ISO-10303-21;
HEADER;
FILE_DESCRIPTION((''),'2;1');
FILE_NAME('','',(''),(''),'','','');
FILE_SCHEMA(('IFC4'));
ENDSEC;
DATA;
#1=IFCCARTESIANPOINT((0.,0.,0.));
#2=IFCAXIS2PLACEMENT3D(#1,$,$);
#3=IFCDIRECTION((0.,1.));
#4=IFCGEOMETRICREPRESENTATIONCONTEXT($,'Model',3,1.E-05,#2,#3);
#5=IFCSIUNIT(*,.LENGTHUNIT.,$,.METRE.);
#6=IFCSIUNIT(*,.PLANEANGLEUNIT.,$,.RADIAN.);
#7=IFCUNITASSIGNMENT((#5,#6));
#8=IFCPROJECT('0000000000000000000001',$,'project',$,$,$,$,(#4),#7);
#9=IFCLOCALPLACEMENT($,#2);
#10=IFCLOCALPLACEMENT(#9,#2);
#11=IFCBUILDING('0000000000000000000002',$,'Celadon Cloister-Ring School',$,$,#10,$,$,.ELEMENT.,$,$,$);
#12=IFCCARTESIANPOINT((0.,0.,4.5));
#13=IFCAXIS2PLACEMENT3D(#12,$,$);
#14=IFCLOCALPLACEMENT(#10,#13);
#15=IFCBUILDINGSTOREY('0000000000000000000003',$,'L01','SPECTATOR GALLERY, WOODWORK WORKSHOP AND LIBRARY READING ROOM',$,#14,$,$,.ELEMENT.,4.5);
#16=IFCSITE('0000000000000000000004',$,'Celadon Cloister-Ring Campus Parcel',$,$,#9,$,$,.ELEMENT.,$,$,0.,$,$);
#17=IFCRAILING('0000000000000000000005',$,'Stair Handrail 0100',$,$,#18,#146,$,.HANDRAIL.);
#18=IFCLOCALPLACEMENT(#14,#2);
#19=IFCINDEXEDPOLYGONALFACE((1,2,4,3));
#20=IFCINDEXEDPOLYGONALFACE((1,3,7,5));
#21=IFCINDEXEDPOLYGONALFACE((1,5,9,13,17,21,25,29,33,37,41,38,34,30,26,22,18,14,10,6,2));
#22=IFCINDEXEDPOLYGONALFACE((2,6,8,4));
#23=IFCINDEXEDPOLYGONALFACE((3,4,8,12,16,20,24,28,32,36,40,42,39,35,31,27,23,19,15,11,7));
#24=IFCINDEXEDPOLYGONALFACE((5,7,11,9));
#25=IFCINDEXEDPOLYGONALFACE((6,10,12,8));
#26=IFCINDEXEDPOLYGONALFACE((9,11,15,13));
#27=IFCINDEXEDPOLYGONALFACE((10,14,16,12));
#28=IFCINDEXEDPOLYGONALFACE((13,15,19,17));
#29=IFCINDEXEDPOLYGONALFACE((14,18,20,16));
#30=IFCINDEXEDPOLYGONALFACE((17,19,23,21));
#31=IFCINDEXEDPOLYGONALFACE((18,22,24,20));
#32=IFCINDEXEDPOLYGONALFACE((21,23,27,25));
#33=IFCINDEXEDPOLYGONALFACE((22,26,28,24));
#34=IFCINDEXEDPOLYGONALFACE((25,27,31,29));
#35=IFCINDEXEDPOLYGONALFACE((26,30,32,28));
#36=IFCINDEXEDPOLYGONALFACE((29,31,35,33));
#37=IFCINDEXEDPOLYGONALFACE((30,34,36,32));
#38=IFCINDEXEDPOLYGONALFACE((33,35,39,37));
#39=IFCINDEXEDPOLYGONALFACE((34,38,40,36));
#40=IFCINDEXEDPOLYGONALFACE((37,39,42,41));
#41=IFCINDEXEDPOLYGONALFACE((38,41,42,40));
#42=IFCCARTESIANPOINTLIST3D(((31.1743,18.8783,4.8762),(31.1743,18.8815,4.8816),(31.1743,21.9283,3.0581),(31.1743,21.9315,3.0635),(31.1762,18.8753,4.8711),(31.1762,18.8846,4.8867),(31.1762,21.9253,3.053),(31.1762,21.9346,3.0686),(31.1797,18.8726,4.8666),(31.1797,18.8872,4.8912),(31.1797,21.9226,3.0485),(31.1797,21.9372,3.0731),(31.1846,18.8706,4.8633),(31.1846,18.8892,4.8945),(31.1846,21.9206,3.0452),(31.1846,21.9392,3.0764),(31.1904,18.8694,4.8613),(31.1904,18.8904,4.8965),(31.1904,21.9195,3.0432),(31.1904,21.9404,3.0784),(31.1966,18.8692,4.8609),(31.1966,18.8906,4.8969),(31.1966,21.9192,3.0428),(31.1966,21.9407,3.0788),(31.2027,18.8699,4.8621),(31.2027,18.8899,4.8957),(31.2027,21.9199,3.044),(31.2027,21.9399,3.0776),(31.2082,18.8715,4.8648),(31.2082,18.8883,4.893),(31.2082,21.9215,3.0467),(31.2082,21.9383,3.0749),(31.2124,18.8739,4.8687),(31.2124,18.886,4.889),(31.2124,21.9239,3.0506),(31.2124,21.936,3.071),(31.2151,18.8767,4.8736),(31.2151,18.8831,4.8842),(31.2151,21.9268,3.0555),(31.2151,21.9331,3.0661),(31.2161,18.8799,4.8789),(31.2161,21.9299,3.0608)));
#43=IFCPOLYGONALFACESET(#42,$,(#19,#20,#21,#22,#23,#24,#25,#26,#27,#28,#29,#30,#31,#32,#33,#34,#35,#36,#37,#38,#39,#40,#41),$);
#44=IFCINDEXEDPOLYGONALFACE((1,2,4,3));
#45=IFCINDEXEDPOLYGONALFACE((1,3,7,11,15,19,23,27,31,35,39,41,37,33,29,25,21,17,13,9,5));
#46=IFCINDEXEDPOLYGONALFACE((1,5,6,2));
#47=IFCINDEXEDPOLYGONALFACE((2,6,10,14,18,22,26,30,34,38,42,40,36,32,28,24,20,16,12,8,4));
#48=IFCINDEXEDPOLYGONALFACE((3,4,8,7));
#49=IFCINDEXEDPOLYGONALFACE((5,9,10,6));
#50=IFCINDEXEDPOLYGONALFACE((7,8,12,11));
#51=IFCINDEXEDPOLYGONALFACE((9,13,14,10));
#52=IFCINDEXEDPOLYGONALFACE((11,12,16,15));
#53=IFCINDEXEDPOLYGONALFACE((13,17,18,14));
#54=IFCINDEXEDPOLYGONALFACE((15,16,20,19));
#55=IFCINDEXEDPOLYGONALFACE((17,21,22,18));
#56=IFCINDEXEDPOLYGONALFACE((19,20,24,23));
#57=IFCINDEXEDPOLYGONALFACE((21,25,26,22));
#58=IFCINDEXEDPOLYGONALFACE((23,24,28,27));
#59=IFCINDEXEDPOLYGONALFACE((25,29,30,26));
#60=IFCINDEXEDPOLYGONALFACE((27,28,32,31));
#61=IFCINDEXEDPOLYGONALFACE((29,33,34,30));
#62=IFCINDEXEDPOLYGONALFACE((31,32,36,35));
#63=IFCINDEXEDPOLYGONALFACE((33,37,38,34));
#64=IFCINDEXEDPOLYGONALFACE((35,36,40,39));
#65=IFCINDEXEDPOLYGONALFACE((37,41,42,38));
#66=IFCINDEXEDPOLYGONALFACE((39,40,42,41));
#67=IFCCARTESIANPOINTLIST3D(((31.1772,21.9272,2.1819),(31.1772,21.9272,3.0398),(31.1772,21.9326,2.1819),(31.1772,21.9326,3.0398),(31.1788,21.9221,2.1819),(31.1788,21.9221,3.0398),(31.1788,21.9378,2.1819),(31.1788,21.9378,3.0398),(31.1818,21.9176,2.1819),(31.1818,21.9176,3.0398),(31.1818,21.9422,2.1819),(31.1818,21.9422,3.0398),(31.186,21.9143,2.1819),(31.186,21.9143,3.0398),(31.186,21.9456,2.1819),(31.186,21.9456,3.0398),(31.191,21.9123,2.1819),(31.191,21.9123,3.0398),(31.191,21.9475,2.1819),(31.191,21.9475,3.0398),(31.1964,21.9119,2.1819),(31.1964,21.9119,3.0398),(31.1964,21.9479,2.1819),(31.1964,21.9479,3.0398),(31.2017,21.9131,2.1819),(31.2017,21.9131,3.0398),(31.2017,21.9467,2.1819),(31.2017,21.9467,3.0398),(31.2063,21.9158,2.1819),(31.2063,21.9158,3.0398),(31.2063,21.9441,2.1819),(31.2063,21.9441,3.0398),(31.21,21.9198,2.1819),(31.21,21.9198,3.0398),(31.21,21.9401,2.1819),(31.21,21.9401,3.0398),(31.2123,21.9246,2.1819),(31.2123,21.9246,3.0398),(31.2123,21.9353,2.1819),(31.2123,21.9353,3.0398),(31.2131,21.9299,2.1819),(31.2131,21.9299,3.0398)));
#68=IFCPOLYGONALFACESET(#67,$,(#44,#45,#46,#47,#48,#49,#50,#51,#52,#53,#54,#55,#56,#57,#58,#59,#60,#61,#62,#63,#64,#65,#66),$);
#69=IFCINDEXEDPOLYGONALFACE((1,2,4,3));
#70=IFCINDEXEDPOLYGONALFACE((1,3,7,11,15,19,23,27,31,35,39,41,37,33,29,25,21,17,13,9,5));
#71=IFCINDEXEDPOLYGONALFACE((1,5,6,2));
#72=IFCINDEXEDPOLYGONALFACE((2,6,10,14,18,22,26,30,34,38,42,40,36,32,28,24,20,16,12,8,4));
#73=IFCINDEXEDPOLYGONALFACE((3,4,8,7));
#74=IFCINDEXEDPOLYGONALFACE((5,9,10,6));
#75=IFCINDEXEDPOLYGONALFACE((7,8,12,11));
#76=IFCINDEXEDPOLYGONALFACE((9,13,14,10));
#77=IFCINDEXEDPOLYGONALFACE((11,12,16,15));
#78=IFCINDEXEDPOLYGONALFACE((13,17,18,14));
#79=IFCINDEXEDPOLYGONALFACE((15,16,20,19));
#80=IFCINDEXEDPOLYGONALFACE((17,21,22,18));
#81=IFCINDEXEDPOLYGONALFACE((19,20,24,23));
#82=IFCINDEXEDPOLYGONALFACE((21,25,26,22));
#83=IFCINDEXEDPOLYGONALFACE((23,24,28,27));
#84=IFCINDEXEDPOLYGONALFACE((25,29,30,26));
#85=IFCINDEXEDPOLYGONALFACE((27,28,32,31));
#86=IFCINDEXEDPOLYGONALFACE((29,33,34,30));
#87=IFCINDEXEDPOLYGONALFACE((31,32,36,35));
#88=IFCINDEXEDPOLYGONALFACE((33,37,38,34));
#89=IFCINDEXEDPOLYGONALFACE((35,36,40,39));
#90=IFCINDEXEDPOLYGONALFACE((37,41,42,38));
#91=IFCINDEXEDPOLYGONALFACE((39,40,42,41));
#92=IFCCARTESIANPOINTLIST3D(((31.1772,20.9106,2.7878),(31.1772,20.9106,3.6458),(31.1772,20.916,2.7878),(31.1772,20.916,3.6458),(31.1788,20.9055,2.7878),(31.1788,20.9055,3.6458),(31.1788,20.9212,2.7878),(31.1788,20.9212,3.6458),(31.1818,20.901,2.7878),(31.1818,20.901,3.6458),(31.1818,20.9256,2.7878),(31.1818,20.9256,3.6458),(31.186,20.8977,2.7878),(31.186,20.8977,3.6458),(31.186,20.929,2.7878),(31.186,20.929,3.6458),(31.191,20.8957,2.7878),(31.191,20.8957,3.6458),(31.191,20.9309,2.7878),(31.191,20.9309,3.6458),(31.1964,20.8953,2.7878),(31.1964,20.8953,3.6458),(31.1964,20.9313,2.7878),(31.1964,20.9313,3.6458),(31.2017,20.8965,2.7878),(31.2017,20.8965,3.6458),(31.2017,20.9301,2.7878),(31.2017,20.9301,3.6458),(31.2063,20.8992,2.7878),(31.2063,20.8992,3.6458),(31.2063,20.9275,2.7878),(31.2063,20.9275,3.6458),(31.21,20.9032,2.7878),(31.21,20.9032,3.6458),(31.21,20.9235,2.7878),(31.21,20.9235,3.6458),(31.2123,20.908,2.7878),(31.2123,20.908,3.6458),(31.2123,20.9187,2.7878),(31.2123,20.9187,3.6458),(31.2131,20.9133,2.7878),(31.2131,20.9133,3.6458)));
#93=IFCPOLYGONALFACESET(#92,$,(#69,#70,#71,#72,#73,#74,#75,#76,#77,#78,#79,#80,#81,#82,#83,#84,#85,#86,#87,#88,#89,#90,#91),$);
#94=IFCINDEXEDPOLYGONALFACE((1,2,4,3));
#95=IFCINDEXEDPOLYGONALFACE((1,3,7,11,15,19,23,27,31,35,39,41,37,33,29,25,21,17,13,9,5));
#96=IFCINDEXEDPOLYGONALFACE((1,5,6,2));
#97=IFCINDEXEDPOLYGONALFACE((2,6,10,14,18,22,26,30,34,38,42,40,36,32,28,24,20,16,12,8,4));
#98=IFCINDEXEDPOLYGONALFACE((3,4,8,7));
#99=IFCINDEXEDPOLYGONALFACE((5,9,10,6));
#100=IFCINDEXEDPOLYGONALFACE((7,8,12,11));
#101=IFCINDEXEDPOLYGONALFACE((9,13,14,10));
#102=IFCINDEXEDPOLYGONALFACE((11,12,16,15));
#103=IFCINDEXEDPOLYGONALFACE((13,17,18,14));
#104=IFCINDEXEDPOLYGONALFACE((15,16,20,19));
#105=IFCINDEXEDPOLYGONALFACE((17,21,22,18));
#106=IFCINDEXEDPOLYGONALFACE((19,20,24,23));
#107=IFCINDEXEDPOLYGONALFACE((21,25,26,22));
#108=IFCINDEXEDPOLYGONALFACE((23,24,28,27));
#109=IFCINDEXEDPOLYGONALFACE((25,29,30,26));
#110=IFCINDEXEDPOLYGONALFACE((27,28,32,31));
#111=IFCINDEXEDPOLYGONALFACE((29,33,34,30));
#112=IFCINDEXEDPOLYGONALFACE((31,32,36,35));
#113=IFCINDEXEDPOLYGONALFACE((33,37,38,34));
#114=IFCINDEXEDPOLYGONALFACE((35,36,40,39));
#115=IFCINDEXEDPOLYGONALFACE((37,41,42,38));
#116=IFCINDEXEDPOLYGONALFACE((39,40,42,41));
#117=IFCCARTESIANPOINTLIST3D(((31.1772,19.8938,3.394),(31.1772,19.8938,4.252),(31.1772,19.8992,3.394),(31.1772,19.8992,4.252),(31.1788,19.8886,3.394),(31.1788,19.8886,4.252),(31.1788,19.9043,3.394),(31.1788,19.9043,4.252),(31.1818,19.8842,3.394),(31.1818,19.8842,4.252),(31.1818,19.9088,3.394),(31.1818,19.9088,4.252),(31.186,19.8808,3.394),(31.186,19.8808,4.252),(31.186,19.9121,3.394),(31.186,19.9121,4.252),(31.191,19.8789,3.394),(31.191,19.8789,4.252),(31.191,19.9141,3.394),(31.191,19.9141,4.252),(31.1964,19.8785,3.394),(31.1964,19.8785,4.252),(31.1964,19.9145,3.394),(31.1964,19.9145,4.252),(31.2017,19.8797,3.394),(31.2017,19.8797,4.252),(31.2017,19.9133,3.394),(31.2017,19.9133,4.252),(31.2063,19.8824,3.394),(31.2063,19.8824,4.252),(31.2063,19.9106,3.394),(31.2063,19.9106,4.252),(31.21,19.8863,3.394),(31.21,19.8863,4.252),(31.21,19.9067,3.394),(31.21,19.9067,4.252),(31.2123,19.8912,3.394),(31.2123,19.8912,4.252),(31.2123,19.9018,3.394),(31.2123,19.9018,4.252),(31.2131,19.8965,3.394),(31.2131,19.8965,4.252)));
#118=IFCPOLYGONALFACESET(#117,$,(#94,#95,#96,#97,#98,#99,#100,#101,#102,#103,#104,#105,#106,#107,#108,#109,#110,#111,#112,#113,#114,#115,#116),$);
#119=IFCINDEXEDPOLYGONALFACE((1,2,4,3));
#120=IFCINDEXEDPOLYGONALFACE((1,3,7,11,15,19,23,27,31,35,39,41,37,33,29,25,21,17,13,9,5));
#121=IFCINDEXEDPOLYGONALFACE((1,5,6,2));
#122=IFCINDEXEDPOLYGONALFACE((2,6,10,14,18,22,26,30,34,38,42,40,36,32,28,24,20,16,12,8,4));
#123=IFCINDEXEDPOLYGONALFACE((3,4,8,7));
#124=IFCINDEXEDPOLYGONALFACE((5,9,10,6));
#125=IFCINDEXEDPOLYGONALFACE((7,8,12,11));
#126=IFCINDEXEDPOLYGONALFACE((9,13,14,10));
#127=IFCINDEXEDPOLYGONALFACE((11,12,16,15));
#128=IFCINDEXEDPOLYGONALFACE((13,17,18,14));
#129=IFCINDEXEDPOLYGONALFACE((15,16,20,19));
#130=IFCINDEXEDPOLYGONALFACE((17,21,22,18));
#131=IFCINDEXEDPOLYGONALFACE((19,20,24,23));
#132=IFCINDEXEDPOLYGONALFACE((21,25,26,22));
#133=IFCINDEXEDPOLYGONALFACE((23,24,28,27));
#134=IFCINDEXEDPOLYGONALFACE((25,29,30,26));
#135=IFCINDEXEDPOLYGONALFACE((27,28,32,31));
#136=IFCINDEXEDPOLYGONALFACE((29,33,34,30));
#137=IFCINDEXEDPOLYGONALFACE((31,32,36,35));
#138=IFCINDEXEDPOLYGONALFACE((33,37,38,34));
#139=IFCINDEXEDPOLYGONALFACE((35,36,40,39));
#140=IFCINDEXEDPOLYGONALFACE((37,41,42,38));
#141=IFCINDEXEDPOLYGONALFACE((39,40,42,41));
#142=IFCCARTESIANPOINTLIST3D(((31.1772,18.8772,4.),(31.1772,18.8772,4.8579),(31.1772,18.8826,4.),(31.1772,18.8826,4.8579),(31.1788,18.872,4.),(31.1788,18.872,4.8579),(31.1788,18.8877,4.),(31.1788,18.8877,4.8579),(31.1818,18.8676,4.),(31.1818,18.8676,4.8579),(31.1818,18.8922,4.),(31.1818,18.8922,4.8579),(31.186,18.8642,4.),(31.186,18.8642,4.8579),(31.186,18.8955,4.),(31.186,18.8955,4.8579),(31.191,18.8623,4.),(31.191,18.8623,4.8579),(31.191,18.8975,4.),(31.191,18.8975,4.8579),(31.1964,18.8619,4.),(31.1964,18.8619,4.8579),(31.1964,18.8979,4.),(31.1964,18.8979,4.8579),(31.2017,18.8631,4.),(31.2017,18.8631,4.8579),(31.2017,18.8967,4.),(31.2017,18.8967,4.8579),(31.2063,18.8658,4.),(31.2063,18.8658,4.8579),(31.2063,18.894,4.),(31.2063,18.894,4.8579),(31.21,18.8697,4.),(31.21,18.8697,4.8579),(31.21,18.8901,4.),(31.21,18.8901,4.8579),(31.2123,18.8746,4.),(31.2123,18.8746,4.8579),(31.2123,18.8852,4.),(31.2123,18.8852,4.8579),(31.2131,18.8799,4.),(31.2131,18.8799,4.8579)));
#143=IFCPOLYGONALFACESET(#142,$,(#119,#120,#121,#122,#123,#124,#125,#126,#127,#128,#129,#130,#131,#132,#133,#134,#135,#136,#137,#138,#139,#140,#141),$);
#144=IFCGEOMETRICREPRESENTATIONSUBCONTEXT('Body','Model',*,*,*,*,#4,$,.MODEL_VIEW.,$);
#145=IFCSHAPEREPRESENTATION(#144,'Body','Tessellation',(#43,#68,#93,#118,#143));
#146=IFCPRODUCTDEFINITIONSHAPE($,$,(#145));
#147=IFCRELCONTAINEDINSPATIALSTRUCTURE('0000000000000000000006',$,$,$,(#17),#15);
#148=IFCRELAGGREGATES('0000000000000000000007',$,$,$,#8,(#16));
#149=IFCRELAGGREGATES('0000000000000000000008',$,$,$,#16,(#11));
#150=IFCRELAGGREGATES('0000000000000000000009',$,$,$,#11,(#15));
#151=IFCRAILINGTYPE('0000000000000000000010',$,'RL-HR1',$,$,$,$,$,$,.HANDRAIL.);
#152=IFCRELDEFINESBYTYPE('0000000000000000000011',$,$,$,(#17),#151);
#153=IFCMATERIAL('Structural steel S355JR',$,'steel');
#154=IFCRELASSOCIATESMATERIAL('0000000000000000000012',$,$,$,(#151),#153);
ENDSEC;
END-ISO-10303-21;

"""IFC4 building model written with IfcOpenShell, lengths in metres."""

from ifc_helpers import new_model, si_unit, direction, frame, origin, origin_2d, place, context, subcontext, project, spatial, circle, extrude, material, type_object, element, save


model = new_model("IFC4")

# Units and contexts
model_context = context("Model", 3, precision=1e-05, world=origin(), true_north=direction((0.0, 1.0)))
body_context = subcontext(model_context, "Body", "Model", "MODEL_VIEW")
ifc_project = project(units=[si_unit("LENGTHUNIT", "METRE"), si_unit("PLANEANGLEUNIT", "RADIAN")], contexts=[model_context])

# Site, building, storey
site_placement = place(None, origin())
site = spatial("IfcSite", under=ifc_project, at=site_placement, Name="Celadon Cloister-Ring Campus Parcel", CompositionType="ELEMENT", RefElevation=0.0)
building_placement = place(site_placement, origin())
building = spatial("IfcBuilding", under=site, at=building_placement, Name="Celadon Cloister-Ring School", CompositionType="ELEMENT")
storey_placement = place(building_placement, frame((0.0, 0.0, 4.5)))
storey = spatial("IfcBuildingStorey", under=building, at=storey_placement, Name="L01", Description="SPECTATOR GALLERY, WOODWORK WORKSHOP AND LIBRARY READING ROOM", CompositionType="ELEMENT", Elevation=4.5)

# Railing
ifc_material_1 = material(Name="Structural steel S355JR", Category="steel")
railing_type_1 = type_object("IfcRailingType", Name="RL-HR1", PredefinedType="HANDRAIL", material=ifc_material_1)
for number, where, name in (
    (1, (31.1951, 21.9299, 2.1819), "Stair Handrail 0100"),
):
    element("IfcRailing", number, at=place(storey_placement, frame(where)), inside=storey, type_object=railing_type_1, Name=name, PredefinedType="HANDRAIL", context=body_context, shape_type="SweptSolid", body=[
        extrude(circle(Radius=0.021, at=origin_2d()), frame((0.0, 0.0, 0.8789), z_axis=(0.0, -0.85897, 0.512026), x_axis=(1.0, 0.0, 0.0)), (0.0, 0.0, 1.0), 3.5508),
        extrude(circle(Radius=0.0181, at=origin_2d()), origin(), (0.0, 0.0, 1.0), 0.8579),
        extrude(circle(Radius=0.0181, at=origin_2d()), frame((0.0, -1.0166, 0.606)), (0.0, 0.0, 1.0), 0.8579),
        extrude(circle(Radius=0.0181, at=origin_2d()), frame((0.0, -2.0334, 1.2122)), (0.0, 0.0, 1.0), 0.8579),
        extrude(circle(Radius=0.0181, at=origin_2d()), frame((0.0, -3.05, 1.8181)), (0.0, 0.0, 1.0), 0.8579),
    ])

save(model, "model.ifc")
